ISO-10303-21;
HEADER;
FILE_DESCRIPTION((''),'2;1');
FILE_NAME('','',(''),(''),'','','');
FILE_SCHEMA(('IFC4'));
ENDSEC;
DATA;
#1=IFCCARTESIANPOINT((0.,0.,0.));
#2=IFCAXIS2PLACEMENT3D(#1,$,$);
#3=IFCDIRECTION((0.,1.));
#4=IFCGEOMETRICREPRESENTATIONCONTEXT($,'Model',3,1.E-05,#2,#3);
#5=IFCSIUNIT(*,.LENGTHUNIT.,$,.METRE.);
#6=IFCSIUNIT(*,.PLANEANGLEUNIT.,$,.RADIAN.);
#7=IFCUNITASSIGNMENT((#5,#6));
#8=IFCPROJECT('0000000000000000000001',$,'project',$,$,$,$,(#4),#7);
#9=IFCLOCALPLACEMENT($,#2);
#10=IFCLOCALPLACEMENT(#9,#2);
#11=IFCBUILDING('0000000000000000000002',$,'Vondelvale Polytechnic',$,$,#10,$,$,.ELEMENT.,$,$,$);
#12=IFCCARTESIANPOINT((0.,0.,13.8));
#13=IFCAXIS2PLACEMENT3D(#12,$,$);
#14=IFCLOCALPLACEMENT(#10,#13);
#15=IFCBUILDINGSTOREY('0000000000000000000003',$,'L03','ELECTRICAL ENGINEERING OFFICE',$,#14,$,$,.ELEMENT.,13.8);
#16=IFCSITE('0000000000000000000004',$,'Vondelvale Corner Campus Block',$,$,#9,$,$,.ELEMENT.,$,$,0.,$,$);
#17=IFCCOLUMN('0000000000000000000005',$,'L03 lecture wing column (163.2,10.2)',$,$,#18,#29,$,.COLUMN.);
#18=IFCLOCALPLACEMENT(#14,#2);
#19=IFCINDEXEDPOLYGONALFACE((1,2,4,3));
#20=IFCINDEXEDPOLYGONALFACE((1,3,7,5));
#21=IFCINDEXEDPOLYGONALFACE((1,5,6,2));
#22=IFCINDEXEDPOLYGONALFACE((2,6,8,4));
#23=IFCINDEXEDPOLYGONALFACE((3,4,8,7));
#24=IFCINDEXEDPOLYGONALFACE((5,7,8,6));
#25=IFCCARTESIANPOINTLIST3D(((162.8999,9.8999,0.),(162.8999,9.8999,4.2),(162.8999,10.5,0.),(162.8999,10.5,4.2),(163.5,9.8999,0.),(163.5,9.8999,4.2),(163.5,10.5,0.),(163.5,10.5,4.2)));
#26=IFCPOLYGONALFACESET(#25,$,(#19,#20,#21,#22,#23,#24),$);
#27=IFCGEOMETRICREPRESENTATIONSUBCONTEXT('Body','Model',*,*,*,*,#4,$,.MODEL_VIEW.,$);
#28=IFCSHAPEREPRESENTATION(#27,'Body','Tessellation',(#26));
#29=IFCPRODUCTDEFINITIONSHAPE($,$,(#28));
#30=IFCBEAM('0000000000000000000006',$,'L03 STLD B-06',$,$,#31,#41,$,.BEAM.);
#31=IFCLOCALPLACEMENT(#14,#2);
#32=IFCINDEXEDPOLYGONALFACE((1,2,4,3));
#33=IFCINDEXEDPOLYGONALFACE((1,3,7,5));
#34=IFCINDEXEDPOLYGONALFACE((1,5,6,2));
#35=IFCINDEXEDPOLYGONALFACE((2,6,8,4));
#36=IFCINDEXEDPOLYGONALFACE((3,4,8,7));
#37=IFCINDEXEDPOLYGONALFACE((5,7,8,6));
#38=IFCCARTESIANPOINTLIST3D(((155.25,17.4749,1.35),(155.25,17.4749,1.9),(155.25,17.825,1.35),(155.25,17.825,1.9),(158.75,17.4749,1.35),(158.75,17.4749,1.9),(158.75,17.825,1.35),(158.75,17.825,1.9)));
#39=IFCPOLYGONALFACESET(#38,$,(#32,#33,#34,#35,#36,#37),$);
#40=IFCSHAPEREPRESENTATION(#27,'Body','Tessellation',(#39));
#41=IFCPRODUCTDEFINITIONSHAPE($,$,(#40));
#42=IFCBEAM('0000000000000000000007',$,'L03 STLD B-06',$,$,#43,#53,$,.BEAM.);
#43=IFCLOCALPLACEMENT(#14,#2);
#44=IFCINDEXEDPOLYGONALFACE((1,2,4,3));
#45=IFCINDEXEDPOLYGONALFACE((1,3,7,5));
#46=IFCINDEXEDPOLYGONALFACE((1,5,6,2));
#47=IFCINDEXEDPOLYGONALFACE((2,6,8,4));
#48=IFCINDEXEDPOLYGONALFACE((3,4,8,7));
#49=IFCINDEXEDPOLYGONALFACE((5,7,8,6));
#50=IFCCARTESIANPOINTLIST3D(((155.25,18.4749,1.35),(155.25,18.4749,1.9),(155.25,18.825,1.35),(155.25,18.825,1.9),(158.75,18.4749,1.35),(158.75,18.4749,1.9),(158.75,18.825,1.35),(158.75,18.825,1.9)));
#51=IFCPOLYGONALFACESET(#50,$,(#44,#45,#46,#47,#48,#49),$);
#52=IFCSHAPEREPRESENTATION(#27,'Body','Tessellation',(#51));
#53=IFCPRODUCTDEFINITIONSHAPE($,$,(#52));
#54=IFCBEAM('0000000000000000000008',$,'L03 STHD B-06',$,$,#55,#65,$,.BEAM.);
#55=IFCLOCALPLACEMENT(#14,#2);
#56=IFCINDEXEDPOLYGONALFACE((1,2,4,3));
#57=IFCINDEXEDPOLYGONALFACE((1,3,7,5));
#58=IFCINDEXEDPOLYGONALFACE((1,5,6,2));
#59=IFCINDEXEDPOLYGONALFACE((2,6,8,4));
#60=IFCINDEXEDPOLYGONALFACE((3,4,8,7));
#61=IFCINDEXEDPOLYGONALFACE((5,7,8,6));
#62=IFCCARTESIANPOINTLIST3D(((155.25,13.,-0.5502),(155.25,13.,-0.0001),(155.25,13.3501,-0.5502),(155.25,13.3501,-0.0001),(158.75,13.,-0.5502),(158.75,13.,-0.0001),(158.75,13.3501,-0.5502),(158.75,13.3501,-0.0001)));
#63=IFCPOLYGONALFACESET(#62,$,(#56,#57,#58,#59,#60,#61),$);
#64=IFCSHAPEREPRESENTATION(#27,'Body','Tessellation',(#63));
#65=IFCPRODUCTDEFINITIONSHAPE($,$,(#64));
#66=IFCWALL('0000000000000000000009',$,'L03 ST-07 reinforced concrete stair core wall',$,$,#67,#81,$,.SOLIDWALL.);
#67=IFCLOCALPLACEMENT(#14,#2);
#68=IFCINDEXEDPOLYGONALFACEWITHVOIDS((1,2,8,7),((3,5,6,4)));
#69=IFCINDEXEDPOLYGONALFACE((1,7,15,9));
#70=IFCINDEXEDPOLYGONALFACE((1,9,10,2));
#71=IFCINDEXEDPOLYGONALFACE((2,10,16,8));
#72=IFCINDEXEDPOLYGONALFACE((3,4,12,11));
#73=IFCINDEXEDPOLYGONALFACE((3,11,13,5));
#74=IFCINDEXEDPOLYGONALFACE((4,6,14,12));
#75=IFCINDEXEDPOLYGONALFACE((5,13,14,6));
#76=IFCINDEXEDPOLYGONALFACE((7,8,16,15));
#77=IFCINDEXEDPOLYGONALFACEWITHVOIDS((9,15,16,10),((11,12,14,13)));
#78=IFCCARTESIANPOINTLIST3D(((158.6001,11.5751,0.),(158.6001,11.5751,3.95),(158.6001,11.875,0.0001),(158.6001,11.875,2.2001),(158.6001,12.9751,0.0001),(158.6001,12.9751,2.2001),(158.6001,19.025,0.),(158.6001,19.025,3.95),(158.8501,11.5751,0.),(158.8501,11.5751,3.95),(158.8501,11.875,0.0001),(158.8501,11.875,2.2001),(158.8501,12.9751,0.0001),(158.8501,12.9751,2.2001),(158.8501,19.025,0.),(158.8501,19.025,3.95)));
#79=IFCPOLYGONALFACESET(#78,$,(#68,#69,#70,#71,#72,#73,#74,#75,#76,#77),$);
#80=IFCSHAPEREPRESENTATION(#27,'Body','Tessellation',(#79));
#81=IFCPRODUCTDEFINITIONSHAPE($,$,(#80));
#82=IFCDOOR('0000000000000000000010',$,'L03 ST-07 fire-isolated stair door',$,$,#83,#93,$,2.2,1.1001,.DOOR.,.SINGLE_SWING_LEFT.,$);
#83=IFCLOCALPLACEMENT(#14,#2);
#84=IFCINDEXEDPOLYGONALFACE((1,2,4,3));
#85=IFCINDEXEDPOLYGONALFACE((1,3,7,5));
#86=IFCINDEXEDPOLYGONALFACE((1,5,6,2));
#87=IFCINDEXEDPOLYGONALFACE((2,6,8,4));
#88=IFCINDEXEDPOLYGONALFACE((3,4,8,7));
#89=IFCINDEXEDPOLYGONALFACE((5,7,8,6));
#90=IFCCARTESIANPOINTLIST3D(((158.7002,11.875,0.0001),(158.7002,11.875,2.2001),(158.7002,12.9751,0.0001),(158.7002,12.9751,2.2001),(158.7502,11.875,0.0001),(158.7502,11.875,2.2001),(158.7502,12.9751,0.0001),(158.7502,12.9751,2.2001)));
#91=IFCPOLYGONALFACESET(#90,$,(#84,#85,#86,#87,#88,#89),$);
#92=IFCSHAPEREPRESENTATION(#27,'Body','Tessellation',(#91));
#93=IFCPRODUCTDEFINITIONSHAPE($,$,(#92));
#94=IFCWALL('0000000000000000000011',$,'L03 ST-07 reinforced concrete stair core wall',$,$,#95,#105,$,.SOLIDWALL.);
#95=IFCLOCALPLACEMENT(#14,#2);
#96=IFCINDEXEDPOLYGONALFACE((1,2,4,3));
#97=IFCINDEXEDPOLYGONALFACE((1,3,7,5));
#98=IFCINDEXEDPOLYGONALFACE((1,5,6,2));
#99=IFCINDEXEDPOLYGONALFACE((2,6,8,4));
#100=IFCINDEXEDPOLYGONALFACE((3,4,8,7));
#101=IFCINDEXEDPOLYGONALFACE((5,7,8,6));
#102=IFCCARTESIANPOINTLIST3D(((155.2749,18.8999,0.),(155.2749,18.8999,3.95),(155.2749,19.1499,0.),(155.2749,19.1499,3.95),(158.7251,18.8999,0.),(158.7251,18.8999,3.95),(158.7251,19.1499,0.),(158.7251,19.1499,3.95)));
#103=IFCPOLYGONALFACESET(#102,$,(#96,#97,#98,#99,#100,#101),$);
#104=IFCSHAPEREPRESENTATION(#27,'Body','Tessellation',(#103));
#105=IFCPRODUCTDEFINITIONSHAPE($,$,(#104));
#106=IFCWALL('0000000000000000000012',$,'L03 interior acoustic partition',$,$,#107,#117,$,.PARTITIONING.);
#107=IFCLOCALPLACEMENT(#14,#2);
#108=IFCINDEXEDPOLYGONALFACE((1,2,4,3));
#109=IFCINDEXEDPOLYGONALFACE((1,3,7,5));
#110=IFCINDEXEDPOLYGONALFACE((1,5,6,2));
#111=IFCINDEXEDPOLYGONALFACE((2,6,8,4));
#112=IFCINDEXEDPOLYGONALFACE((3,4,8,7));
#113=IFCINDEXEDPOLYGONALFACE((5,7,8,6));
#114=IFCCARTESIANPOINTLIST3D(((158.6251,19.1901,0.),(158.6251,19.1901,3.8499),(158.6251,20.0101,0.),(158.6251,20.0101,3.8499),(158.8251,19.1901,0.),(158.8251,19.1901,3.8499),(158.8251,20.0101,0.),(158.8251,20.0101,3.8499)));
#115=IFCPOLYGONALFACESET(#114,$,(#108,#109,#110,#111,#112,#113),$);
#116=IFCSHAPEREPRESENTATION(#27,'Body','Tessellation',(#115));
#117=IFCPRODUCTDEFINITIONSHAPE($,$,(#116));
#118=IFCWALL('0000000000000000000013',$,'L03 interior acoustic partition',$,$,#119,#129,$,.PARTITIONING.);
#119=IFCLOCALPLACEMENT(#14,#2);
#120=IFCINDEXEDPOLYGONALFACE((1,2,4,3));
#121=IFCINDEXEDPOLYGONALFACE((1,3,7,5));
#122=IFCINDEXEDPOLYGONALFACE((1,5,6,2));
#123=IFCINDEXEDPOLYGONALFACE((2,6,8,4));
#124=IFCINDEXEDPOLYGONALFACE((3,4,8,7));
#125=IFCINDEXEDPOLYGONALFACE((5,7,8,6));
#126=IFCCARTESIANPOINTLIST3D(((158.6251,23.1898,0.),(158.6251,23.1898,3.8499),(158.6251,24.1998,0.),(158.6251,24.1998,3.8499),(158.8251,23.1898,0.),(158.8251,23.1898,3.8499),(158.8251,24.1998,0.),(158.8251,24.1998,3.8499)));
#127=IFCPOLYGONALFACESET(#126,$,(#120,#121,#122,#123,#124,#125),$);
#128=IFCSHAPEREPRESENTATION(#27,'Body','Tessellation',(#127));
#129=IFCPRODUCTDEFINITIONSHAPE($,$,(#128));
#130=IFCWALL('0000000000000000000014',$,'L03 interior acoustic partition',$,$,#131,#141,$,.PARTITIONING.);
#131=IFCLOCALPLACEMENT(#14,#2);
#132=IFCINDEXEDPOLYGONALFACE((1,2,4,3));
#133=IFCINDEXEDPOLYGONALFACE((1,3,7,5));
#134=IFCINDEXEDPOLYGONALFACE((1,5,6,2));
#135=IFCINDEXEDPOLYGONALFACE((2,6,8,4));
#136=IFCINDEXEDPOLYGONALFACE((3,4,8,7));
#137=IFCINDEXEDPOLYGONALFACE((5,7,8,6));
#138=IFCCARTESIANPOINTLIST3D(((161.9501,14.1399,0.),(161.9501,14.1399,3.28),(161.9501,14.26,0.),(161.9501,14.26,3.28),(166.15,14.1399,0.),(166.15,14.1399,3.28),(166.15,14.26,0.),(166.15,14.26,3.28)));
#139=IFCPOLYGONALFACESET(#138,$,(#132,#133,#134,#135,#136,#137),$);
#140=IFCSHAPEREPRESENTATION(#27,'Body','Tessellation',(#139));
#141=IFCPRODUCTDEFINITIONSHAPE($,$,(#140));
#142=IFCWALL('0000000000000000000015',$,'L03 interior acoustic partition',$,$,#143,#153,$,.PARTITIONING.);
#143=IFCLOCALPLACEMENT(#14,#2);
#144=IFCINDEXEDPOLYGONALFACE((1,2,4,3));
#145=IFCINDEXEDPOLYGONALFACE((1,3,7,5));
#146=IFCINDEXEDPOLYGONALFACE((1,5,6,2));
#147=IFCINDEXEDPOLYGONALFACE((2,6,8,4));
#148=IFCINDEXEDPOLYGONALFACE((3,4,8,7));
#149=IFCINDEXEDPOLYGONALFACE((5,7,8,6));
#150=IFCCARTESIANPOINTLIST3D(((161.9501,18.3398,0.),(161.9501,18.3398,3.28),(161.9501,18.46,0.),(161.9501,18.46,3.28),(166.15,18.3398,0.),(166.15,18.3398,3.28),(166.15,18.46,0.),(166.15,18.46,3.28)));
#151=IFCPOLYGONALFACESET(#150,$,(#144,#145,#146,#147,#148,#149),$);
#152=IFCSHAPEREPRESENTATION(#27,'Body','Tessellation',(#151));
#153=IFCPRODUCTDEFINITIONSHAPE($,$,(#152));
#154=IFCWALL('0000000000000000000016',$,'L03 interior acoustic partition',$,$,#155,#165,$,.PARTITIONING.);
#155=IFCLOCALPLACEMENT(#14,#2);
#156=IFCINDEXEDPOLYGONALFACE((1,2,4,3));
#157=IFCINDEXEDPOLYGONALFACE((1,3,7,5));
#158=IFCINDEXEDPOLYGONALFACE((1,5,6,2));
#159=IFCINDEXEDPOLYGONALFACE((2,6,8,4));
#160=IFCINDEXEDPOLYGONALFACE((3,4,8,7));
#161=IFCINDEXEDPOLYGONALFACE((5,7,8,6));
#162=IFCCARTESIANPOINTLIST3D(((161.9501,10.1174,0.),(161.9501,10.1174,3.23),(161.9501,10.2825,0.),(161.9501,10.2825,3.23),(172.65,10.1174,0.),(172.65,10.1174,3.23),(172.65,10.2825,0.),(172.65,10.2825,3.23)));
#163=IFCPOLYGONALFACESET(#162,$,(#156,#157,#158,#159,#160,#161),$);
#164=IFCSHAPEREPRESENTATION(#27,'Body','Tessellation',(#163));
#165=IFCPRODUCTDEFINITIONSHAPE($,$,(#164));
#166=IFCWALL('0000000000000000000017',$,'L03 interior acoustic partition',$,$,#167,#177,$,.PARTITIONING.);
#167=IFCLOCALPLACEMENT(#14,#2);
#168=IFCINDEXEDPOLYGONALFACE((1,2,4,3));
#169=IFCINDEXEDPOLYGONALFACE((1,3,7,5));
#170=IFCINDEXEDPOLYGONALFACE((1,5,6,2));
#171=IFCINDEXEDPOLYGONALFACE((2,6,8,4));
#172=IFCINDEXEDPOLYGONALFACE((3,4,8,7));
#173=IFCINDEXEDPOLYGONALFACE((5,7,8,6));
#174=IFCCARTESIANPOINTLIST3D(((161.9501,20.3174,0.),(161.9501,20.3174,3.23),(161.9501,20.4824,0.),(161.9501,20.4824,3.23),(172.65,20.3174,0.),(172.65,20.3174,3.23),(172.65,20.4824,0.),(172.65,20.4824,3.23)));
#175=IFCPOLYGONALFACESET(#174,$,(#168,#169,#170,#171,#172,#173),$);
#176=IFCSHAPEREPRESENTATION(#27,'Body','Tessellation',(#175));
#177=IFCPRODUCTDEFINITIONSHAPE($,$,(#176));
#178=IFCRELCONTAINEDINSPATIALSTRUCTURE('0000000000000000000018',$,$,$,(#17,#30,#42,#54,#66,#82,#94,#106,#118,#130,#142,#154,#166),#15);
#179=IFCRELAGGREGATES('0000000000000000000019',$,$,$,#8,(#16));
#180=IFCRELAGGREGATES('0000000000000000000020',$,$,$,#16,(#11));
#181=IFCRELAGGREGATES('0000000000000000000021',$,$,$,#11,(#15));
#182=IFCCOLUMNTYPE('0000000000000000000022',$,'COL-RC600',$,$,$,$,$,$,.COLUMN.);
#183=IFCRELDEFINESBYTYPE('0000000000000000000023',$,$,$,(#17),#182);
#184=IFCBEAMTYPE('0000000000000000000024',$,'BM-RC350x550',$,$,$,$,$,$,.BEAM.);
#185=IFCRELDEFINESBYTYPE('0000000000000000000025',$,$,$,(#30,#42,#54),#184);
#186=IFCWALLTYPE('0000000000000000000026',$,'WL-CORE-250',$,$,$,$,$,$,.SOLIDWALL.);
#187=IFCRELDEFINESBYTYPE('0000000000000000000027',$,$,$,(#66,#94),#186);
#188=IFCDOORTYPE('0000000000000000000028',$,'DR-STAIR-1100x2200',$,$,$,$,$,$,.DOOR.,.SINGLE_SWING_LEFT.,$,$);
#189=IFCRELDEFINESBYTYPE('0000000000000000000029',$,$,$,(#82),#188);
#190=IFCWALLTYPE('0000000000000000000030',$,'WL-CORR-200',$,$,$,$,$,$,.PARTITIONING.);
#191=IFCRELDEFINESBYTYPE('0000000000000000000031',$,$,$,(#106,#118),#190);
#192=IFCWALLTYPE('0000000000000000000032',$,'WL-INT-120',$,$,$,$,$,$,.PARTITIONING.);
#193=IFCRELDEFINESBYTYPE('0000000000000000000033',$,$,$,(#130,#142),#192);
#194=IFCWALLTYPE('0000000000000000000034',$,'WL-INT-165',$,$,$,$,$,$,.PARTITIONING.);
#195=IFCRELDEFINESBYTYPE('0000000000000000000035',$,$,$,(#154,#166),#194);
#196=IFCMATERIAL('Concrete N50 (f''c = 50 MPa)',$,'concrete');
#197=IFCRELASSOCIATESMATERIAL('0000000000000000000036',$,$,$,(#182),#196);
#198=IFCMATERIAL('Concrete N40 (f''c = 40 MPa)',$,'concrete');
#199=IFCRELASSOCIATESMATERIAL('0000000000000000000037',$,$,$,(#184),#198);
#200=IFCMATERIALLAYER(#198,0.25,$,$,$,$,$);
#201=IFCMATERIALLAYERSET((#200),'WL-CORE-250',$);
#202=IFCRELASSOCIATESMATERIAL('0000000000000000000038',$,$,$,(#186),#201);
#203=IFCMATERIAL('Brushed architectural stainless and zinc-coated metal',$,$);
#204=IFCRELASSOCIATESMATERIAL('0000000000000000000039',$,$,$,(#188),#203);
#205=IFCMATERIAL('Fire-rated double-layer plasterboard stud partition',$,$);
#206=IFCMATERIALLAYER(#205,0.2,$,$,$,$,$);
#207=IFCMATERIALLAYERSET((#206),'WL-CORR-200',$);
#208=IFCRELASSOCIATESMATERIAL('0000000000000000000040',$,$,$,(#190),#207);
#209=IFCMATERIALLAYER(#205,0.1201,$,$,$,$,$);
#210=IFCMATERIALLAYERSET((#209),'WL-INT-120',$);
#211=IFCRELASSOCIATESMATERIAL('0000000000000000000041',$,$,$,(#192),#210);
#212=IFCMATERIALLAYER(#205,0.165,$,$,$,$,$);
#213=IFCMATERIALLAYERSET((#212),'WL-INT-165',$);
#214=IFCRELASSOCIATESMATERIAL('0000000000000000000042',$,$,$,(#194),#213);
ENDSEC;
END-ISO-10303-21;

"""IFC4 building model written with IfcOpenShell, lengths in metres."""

from ifc_helpers import new_model, si_unit, direction, frame, frame_2d, origin, origin_2d, place, context, subcontext, project, spatial, rectangle, extrude, material, layer, layer_set, material_profile, profile_set, type_object, element, fill, save


model = new_model("IFC4")

# Units and contexts
model_context = context("Model", 3, precision=1e-05, world=origin(), true_north=direction((0.0, 1.0)))
body_context = subcontext(model_context, "Body", "Model", "MODEL_VIEW")
ifc_project = project(units=[si_unit("LENGTHUNIT", "METRE"), si_unit("PLANEANGLEUNIT", "RADIAN")], contexts=[model_context])

# Site, building, storey
site_placement = place(None, origin())
site = spatial("IfcSite", under=ifc_project, at=site_placement, Name="Vondelvale Corner Campus Block", CompositionType="ELEMENT", RefElevation=0.0)
building_placement = place(site_placement, origin())
building = spatial("IfcBuilding", under=site, at=building_placement, Name="Vondelvale Polytechnic", CompositionType="ELEMENT")
storey_placement = place(building_placement, frame((0.0, 0.0, 13.8)))
storey = spatial("IfcBuildingStorey", under=building, at=storey_placement, Name="L03", Description="ELECTRICAL ENGINEERING OFFICE", CompositionType="ELEMENT", Elevation=13.8)

# Column
ifc_material_1 = material(Name="Concrete N50 (f'c = 50 MPa)", Category="concrete")
ifc_material_profile_1 = material_profile(ifc_material_1, rectangle(XDim=0.6001, YDim=0.6001, at=origin_2d()), Name="RC-COL-600x600")
ifc_profile_set_1 = profile_set([ifc_material_profile_1], Name="Concrete N50 (f'c = 50 MPa)")
column_type = type_object("IfcColumnType", Name="COL-RC600", PredefinedType="COLUMN", material=ifc_profile_set_1)
column_placement = place(storey_placement, frame((163.2, 10.2, 0.0), z_axis=(0.0, 0.0, 1.0), x_axis=(1.0, 0.0, 0.0)))
element("IfcColumn", 1, at=column_placement, inside=storey, type_object=column_type, Name="L03 lecture wing column (163.2,10.2)", PredefinedType="COLUMN", context=body_context, shape_type="SweptSolid", body=[
    extrude(rectangle(XDim=0.6001, YDim=0.6001, at=origin_2d()), origin(), (0.0, 0.0, 1.0), 4.2),
])

# Beams
ifc_material_2 = material(Name="Concrete N40 (f'c = 40 MPa)", Category="concrete")
ifc_material_profile_2 = material_profile(ifc_material_2, rectangle(XDim=0.3501, YDim=0.55, at=origin_2d()), Name="RC-BM-350x550")
ifc_profile_set_2 = profile_set([ifc_material_profile_2], Name="Concrete N40 (f'c = 40 MPa)")
beam_type = type_object("IfcBeamType", Name="BM-RC350x550", PredefinedType="BEAM", material=ifc_profile_set_2)
for number, where, z_axis, x_axis, name in (
    (2, (158.75, 17.6499, 1.625), (-1.0, 0.0, 0.0), (0.0, -1.0, 0.0), "L03 STLD B-06"),
    (3, (158.75, 18.6499, 1.625), (-1.0, 0.0, 0.0), (0.0, -1.0, 0.0), "L03 STLD B-06"),
    (4, (158.75, 13.175, -0.2751), (-1.0, 0.0, 0.0), (0.0, -1.0, 0.0), "L03 STHD B-06"),
):
    element("IfcBeam", number, at=place(storey_placement, frame(where, z_axis=z_axis, x_axis=x_axis)), inside=storey, type_object=beam_type, Name=name, PredefinedType="BEAM", context=body_context, shape_type="SweptSolid", body=[
        extrude(rectangle(XDim=0.3501, YDim=0.55, at=origin_2d()), origin(), (0.0, 0.0, 1.0), 3.5),
    ])

# Wall, opening, door
ifc_layer_1 = layer(ifc_material_2, 0.25)
ifc_layer_set_1 = layer_set([ifc_layer_1], Name="WL-CORE-250")
wall_type_1 = type_object("IfcWallType", Name="WL-CORE-250", PredefinedType="SOLIDWALL", material=ifc_layer_set_1)
wall_1_placement = place(storey_placement, frame((158.7251, 11.575, 0.0), z_axis=(0.0, 0.0, 1.0), x_axis=(0.0, 1.0, 0.0)))
wall_1 = element("IfcWall", 5, at=wall_1_placement, inside=storey, type_object=wall_type_1, Name="L03 ST-07 reinforced concrete stair core wall", PredefinedType="SOLIDWALL", context=body_context, shape_type="SweptSolid", body=[
    extrude(rectangle(XDim=7.45, YDim=0.25, at=frame_2d((3.7251, 0.0))), origin(), (0.0, 0.0, 1.0), 3.95),
])
opening_1_placement = place(wall_1_placement, frame((0.3, 0.0, 0.0)))
opening_1 = element("IfcOpeningElement", 6, at=opening_1_placement, cuts=wall_1, PredefinedType="OPENING", context=body_context, shape_type="SweptSolid", body=[
    extrude(rectangle(XDim=1.1001, YDim=2.2, at=frame_2d((0.55, 1.1001))), frame((0.0, 0.135, 0.0), z_axis=(0.0, -1.0, 0.0), x_axis=(1.0, 0.0, 0.0)), (0.0, 0.0, 1.0), 0.27),
])
ifc_material_3 = material(Name="Brushed architectural stainless and zinc-coated metal")
door_type_1 = type_object("IfcDoorType", Name="DR-STAIR-1100x2200", OperationType="SINGLE_SWING_LEFT", PredefinedType="DOOR", material=ifc_material_3)
door_1_placement = place(opening_1_placement, origin())
door_1 = element("IfcDoor", 7, at=door_1_placement, inside=storey, type_object=door_type_1, Name="L03 ST-07 fire-isolated stair door", OperationType="SINGLE_SWING_LEFT", OverallHeight=2.2, OverallWidth=1.1001, PredefinedType="DOOR", context=body_context, shape_type="SweptSolid", body=[
    extrude(rectangle(XDim=1.1001, YDim=2.2, at=frame_2d((0.55, 1.1001))), frame((0.0, 0.0249, 0.0), z_axis=(0.0, -1.0, 0.0), x_axis=(1.0, 0.0, 0.0)), (0.0, 0.0, 1.0), 0.05),
])
fill(opening_1, door_1)

# Walls
wall_2_placement = place(storey_placement, frame((158.7251, 19.0249, 0.0), z_axis=(0.0, 0.0, 1.0), x_axis=(-1.0, 0.0, 0.0)))
element("IfcWall", 8, at=wall_2_placement, inside=storey, type_object=wall_type_1, Name="L03 ST-07 reinforced concrete stair core wall", PredefinedType="SOLIDWALL", context=body_context, shape_type="SweptSolid", body=[
    extrude(rectangle(XDim=3.4502, YDim=0.25, at=frame_2d((1.7251, 0.0))), origin(), (0.0, 0.0, 1.0), 3.95),
])
ifc_material_4 = material(Name="Fire-rated double-layer plasterboard stud partition")
ifc_layer_2 = layer(ifc_material_4, 0.2)
ifc_layer_set_2 = layer_set([ifc_layer_2], Name="WL-CORR-200")
wall_type_2 = type_object("IfcWallType", Name="WL-CORR-200", PredefinedType="PARTITIONING", material=ifc_layer_set_2)
wall_3_placement = place(storey_placement, frame((158.7251, 19.1899, 0.0), z_axis=(0.0, 0.0, 1.0), x_axis=(0.0, 1.0, 0.0)))
element("IfcWall", 9, at=wall_3_placement, inside=storey, type_object=wall_type_2, Name="L03 interior acoustic partition", PredefinedType="PARTITIONING", context=body_context, shape_type="SweptSolid", body=[
    extrude(rectangle(XDim=0.8201, YDim=0.2, at=frame_2d((0.4102, 0.0))), origin(), (0.0, 0.0, 1.0), 3.8499),
])
wall_4_placement = place(storey_placement, frame((158.7251, 23.1899, 0.0), z_axis=(0.0, 0.0, 1.0), x_axis=(0.0, 1.0, 0.0)))
element("IfcWall", 10, at=wall_4_placement, inside=storey, type_object=wall_type_2, Name="L03 interior acoustic partition", PredefinedType="PARTITIONING", context=body_context, shape_type="SweptSolid", body=[
    extrude(rectangle(XDim=1.01, YDim=0.2, at=frame_2d((0.5049, 0.0))), origin(), (0.0, 0.0, 1.0), 3.8499),
])
ifc_layer_3 = layer(ifc_material_4, 0.1201)
ifc_layer_set_3 = layer_set([ifc_layer_3], Name="WL-INT-120")
wall_type_3 = type_object("IfcWallType", Name="WL-INT-120", PredefinedType="PARTITIONING", material=ifc_layer_set_3)
for number, where, z_axis, x_axis, name in (
    (11, (161.95, 14.2, 0.0), (0.0, 0.0, 1.0), (1.0, 0.0, 0.0), "L03 interior acoustic partition"),
    (12, (161.95, 18.3999, 0.0), (0.0, 0.0, 1.0), (1.0, 0.0, 0.0), "L03 interior acoustic partition"),
):
    element("IfcWall", number, at=place(storey_placement, frame(where, z_axis=z_axis, x_axis=x_axis)), inside=storey, type_object=wall_type_3, Name=name, PredefinedType="PARTITIONING", context=body_context, shape_type="SweptSolid", body=[
        extrude(rectangle(XDim=4.2, YDim=0.1201, at=frame_2d((2.1001, 0.0))), origin(), (0.0, 0.0, 1.0), 3.28),
    ])
ifc_layer_4 = layer(ifc_material_4, 0.165)
ifc_layer_set_4 = layer_set([ifc_layer_4], Name="WL-INT-165")
wall_type_4 = type_object("IfcWallType", Name="WL-INT-165", PredefinedType="PARTITIONING", material=ifc_layer_set_4)
for number, where, z_axis, x_axis, name in (
    (13, (161.95, 10.2, 0.0), (0.0, 0.0, 1.0), (1.0, 0.0, 0.0), "L03 interior acoustic partition"),
    (14, (161.95, 20.3999, 0.0), (0.0, 0.0, 1.0), (1.0, 0.0, 0.0), "L03 interior acoustic partition"),
):
    element("IfcWall", number, at=place(storey_placement, frame(where, z_axis=z_axis, x_axis=x_axis)), inside=storey, type_object=wall_type_4, Name=name, PredefinedType="PARTITIONING", context=body_context, shape_type="SweptSolid", body=[
        extrude(rectangle(XDim=10.7, YDim=0.165, at=frame_2d((5.3501, 0.0))), origin(), (0.0, 0.0, 1.0), 3.23),
    ])

save(model, "model.ifc")
